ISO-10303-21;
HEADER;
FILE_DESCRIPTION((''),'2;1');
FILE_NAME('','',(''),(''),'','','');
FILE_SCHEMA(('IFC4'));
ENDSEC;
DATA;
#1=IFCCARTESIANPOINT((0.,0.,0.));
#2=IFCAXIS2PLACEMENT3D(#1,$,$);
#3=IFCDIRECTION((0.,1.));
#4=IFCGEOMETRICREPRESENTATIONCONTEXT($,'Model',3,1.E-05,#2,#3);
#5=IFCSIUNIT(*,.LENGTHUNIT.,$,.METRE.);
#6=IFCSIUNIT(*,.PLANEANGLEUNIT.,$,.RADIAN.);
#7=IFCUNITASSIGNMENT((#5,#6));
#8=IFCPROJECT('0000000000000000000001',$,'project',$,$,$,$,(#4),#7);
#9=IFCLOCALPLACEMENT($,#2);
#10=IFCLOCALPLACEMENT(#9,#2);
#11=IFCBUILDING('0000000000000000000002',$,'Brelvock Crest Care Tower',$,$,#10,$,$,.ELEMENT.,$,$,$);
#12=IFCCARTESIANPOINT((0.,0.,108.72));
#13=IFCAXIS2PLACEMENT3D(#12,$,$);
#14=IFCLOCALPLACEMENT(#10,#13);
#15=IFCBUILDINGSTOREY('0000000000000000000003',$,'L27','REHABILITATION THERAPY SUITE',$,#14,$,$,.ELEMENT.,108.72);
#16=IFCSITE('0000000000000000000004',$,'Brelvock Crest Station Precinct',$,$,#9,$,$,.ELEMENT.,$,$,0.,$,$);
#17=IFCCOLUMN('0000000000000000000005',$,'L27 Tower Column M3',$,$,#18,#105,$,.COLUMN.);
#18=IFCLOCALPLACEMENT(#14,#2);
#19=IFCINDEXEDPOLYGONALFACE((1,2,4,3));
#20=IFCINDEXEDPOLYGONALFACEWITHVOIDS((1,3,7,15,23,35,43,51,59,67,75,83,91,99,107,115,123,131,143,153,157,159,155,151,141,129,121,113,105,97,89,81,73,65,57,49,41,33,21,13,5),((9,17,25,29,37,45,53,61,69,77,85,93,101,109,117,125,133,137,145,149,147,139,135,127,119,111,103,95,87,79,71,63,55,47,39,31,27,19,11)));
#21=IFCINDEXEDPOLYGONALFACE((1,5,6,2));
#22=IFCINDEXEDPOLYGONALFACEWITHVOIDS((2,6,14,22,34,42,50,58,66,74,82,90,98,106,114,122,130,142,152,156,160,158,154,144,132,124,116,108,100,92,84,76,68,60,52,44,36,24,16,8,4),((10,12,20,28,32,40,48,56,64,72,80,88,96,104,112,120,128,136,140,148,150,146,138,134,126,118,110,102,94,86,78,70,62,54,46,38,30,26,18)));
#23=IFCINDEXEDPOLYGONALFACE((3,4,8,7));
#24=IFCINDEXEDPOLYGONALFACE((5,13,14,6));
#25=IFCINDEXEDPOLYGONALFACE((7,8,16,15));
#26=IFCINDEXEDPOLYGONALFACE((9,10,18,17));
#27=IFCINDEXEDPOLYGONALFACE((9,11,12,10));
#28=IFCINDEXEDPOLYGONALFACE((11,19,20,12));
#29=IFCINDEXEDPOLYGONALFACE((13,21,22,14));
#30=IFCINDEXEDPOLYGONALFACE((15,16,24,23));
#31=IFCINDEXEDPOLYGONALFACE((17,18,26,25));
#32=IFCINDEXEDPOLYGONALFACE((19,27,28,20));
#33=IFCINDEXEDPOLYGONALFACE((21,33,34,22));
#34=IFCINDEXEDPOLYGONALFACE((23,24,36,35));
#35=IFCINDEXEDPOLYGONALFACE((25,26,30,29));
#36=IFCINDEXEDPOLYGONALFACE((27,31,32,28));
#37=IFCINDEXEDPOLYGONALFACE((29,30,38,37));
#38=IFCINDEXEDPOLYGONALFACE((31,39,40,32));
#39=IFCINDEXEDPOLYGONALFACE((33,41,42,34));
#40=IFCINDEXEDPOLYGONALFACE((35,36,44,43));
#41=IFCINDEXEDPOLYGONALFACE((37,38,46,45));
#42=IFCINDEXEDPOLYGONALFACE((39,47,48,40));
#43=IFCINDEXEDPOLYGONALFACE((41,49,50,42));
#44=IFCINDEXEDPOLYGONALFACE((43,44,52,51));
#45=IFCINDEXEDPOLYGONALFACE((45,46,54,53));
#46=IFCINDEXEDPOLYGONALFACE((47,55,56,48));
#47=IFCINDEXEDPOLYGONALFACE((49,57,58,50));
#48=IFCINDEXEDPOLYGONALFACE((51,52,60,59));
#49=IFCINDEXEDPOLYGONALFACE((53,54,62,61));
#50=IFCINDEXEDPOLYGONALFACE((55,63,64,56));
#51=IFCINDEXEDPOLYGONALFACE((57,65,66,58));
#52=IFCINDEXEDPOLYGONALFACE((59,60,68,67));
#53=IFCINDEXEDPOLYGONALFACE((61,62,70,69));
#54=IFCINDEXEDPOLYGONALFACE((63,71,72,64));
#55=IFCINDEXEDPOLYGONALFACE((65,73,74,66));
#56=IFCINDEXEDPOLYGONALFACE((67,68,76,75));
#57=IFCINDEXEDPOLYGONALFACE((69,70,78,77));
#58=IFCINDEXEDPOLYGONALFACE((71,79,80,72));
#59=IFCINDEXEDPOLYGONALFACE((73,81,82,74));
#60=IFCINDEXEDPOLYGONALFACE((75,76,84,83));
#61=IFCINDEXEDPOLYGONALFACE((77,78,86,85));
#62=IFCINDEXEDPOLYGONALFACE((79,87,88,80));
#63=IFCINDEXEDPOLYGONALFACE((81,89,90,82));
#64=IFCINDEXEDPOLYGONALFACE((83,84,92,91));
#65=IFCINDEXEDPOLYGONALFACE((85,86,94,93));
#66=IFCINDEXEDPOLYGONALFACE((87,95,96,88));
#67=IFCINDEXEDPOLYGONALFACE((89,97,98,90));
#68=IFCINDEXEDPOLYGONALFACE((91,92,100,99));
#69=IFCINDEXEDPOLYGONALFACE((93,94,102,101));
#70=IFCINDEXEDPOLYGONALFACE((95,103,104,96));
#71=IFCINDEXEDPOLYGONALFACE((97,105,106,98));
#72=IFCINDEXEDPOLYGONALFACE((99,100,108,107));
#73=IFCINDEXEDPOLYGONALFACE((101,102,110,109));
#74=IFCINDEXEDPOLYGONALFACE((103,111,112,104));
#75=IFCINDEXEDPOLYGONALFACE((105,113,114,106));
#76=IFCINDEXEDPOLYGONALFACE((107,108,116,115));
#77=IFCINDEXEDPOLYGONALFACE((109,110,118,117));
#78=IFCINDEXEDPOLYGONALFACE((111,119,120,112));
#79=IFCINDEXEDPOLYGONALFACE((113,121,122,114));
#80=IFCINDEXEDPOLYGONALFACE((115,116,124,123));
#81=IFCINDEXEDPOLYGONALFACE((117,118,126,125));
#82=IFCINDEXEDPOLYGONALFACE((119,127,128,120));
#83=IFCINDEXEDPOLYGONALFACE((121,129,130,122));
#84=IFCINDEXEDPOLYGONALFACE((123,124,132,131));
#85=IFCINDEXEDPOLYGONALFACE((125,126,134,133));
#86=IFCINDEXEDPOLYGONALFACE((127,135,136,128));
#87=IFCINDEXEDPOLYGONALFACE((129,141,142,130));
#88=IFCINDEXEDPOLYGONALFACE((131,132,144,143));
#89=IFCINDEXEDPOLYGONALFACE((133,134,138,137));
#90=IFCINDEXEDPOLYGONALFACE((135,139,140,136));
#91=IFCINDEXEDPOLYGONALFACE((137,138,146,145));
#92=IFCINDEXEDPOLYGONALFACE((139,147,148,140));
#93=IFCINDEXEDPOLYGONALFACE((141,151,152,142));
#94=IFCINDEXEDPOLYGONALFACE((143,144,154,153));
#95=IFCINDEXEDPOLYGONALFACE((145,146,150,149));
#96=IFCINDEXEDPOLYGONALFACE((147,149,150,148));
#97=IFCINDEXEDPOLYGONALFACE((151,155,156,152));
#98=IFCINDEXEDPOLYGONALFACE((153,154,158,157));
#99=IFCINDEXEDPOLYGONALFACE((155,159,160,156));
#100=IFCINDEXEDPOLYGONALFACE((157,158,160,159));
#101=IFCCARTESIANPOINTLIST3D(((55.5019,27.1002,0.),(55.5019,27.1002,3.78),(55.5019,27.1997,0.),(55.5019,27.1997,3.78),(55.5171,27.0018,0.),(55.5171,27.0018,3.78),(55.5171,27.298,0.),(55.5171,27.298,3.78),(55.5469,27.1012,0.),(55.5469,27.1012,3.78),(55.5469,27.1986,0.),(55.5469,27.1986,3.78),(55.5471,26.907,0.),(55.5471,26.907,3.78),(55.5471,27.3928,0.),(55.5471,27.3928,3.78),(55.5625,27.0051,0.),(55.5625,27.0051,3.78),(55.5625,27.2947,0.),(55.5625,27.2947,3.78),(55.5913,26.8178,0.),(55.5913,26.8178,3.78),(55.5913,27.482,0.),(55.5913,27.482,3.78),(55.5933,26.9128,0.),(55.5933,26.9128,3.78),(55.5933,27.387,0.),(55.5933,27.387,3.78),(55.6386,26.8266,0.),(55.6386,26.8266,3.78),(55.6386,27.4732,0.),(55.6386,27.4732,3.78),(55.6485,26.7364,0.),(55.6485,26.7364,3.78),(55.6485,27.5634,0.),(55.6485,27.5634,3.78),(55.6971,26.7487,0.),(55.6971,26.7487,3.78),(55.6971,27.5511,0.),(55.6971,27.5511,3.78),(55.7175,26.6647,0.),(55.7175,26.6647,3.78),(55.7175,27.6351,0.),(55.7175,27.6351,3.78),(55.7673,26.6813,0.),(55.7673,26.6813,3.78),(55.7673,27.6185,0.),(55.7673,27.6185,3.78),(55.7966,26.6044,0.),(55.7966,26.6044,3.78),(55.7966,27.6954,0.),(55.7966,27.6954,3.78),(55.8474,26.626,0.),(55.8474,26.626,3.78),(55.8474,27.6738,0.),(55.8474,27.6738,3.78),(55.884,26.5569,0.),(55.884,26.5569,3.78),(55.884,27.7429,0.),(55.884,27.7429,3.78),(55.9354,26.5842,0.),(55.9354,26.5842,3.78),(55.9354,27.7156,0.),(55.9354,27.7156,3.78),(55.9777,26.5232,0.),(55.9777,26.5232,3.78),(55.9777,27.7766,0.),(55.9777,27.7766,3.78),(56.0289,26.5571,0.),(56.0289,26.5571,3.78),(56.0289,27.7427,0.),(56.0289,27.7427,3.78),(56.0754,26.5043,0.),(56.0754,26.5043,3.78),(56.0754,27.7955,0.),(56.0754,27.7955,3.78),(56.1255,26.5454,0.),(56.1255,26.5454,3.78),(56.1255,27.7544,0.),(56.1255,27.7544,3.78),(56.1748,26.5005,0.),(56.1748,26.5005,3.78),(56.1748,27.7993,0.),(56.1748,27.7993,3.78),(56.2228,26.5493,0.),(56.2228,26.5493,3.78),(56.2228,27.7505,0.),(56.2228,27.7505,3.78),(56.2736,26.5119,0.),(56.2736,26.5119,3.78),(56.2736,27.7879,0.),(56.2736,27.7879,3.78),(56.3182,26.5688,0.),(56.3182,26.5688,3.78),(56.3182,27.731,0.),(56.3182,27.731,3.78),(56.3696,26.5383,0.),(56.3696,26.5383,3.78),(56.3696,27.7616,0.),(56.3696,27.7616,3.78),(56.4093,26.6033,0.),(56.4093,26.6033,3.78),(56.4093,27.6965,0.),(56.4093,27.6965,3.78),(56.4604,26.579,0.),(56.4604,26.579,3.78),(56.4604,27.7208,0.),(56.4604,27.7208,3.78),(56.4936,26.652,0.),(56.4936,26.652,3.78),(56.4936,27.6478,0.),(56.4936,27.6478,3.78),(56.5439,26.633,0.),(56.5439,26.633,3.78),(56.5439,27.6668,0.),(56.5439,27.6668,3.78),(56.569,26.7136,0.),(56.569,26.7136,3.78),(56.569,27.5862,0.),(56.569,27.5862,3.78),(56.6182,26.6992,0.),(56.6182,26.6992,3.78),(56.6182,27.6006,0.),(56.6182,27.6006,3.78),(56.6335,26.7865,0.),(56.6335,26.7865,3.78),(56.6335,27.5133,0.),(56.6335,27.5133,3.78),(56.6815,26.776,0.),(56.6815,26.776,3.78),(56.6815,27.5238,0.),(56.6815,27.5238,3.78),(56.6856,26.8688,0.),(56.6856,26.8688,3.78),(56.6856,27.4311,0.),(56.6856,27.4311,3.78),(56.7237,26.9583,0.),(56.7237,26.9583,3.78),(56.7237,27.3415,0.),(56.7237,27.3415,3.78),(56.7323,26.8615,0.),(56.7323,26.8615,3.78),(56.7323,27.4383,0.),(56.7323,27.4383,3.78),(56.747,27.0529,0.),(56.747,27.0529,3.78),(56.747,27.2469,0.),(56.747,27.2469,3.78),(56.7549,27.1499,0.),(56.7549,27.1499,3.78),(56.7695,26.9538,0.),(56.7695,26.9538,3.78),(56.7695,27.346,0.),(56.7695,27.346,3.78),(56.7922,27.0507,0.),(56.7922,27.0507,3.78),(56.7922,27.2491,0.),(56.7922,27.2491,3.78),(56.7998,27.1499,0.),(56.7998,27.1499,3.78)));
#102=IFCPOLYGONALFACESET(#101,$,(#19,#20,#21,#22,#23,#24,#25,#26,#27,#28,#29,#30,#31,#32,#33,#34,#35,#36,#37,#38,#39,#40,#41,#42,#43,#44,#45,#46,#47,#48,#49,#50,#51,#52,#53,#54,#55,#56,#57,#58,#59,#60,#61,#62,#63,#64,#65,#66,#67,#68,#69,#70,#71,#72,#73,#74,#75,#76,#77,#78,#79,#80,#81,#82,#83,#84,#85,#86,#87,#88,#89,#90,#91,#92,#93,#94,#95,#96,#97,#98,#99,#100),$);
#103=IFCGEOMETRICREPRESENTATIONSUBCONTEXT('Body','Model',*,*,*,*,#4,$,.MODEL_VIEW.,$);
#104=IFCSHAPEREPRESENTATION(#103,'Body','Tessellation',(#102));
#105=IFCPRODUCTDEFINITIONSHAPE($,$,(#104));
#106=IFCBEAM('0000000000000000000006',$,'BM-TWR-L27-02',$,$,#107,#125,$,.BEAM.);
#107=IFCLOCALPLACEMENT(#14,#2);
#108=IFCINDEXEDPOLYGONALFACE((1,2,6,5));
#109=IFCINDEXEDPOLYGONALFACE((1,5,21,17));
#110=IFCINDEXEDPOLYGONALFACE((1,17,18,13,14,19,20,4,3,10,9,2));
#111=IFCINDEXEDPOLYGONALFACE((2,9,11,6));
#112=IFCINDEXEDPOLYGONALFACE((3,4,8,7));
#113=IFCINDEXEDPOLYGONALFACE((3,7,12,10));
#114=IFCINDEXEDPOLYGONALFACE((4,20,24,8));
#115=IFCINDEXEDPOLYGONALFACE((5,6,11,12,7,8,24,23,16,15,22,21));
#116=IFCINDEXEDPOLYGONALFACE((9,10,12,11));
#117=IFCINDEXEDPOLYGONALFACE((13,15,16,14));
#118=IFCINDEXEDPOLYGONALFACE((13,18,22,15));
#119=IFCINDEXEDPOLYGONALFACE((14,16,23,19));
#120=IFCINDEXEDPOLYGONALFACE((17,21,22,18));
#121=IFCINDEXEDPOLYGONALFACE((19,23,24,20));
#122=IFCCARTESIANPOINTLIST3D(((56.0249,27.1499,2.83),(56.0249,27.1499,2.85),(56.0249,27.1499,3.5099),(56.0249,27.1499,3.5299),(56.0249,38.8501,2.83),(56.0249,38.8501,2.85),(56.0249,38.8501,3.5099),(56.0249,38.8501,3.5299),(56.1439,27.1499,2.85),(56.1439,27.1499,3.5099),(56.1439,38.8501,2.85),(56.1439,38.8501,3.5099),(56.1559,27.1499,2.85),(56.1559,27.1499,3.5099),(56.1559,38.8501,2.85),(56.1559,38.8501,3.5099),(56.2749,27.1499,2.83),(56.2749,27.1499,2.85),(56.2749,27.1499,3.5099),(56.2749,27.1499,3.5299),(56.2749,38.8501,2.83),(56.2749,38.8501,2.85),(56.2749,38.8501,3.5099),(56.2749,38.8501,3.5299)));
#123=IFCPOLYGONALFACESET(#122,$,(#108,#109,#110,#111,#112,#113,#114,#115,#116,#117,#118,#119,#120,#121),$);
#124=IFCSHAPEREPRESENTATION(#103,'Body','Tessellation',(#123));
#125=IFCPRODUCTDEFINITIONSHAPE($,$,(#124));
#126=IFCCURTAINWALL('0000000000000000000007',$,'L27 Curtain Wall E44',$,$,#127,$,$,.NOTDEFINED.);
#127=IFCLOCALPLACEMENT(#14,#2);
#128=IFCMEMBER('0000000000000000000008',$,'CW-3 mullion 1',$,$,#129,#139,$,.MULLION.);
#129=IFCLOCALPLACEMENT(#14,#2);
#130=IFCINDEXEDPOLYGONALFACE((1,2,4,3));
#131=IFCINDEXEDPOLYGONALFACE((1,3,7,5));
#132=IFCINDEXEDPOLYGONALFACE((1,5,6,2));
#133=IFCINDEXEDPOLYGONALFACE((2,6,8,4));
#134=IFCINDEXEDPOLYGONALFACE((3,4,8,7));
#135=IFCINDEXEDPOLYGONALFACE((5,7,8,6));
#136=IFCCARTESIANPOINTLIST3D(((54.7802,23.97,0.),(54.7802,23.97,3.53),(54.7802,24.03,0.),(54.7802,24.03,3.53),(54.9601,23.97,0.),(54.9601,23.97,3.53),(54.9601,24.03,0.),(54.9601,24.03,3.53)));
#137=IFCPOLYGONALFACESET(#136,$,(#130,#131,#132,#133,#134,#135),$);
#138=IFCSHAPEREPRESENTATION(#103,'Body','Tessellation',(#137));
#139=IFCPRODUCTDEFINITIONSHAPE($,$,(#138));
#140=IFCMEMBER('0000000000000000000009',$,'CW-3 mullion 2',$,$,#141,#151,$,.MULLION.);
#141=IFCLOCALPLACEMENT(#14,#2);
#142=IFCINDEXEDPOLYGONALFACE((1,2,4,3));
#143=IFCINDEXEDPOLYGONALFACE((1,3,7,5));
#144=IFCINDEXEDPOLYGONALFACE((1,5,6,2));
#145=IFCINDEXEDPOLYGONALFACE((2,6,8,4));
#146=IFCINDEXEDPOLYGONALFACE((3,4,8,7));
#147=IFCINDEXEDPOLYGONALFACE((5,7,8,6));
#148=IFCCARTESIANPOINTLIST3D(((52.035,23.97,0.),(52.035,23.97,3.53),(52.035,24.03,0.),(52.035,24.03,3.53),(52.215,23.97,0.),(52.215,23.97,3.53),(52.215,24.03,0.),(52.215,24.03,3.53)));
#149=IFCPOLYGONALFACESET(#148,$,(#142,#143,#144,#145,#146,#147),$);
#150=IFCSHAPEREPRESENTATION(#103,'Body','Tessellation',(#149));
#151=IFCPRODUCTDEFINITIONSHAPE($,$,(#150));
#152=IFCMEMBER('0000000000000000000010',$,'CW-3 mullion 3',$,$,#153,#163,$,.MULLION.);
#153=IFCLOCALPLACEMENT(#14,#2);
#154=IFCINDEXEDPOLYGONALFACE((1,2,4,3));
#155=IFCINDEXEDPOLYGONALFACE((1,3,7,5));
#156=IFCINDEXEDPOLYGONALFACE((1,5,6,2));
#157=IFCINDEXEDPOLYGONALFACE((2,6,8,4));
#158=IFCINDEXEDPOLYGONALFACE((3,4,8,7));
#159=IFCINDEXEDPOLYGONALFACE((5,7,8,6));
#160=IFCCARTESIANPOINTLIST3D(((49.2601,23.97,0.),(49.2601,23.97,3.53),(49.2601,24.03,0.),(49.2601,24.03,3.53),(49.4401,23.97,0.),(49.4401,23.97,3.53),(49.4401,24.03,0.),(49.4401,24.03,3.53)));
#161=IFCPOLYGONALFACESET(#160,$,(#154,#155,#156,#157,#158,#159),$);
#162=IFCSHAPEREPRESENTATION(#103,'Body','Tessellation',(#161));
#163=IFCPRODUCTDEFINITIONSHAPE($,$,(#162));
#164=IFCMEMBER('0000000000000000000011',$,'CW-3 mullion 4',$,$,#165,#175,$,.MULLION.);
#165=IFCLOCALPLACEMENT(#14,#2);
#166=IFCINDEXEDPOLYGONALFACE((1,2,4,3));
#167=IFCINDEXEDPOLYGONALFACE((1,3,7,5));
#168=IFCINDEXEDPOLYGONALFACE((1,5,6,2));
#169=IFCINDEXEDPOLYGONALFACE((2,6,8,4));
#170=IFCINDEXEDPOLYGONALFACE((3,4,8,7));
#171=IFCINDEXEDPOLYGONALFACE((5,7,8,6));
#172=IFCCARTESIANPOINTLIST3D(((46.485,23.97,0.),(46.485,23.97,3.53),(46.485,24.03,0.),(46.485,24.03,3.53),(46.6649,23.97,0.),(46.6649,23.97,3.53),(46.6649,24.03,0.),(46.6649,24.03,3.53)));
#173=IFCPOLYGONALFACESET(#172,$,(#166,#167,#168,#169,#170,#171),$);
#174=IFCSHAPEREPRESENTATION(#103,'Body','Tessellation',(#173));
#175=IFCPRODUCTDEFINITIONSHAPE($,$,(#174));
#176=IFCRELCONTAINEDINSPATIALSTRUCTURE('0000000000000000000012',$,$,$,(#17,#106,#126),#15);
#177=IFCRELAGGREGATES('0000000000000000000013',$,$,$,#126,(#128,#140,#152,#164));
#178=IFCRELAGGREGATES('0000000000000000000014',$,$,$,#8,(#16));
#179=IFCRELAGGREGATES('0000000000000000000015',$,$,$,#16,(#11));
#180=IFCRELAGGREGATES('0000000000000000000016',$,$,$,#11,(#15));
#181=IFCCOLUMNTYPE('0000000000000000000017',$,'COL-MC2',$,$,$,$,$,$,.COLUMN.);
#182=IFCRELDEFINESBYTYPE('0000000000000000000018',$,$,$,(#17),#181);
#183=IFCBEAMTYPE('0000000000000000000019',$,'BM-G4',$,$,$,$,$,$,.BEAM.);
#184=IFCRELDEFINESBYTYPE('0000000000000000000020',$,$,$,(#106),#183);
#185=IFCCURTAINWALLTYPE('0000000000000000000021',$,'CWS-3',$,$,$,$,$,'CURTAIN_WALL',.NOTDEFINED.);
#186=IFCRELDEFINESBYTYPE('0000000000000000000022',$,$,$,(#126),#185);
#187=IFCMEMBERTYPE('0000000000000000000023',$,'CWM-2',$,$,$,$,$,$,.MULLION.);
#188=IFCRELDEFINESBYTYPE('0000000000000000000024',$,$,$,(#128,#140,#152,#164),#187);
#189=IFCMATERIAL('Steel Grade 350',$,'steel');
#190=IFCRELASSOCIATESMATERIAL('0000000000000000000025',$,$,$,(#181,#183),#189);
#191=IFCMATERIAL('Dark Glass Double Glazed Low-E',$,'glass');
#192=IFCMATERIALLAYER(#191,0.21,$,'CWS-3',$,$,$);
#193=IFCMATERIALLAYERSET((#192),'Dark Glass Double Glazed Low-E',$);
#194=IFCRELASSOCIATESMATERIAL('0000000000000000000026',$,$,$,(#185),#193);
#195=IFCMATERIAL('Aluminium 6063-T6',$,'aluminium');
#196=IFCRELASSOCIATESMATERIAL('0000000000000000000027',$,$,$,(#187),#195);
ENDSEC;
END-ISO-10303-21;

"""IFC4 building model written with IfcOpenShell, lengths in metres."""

from ifc_helpers import new_model, si_unit, direction, frame, origin, origin_2d, place, context, subcontext, project, spatial, rectangle, hollow_circle, i_section, extrude, source, transform, mapped, material, layer, layer_set, material_profile, profile_set, type_object, element, aggregate, save


model = new_model("IFC4")

# Units and contexts
model_context = context("Model", 3, precision=1e-05, world=origin(), true_north=direction((0.0, 1.0)))
body_context = subcontext(model_context, "Body", "Model", "MODEL_VIEW")
ifc_project = project(units=[si_unit("LENGTHUNIT", "METRE"), si_unit("PLANEANGLEUNIT", "RADIAN")], contexts=[model_context])

# Site, building, storey
site_placement = place(None, origin())
site = spatial("IfcSite", under=ifc_project, at=site_placement, Name="Brelvock Crest Station Precinct", CompositionType="ELEMENT", RefElevation=0.0)
building_placement = place(site_placement, origin())
building = spatial("IfcBuilding", under=site, at=building_placement, Name="Brelvock Crest Care Tower", CompositionType="ELEMENT")
storey_placement = place(building_placement, frame((0.0, 0.0, 108.72)))
storey = spatial("IfcBuildingStorey", under=building, at=storey_placement, Name="L27", Description="REHABILITATION THERAPY SUITE", CompositionType="ELEMENT", Elevation=108.72)

# Column
ifc_material_1 = material(Name="Steel Grade 350", Category="steel")
ifc_material_profile_1 = material_profile(ifc_material_1, hollow_circle(Radius=0.6499, WallThickness=0.0449, at=origin_2d()), Name="CFT1300x45")
ifc_profile_set_1 = profile_set([ifc_material_profile_1], Name="Steel Grade 350")
column_type = type_object("IfcColumnType", Name="COL-MC2", PredefinedType="COLUMN", material=ifc_profile_set_1)
shared_shape_1 = source(origin(), body_context, "Body", "SweptSolid", [
    extrude(hollow_circle(Radius=0.6499, WallThickness=0.0449, at=origin_2d()), origin(), (0.0, 0.0, 1.0), 3.78),
])
column_placement = place(storey_placement, frame((56.1499, 27.1499, 0.0), z_axis=(0.0, 0.0, 1.0), x_axis=(1.0, 0.0, 0.0)))
element("IfcColumn", 1, at=column_placement, inside=storey, type_object=column_type, Name="L27 Tower Column M3", PredefinedType="COLUMN", context=body_context, shape_type="MappedRepresentation", body=[
    mapped(shared_shape_1, transform((0.0, 0.0, 0.0), x_axis=(1.0, 0.0, 0.0), y_axis=(0.0, 1.0, 0.0), z_axis=(0.0, 0.0, 1.0), scale=1.0)),
])

# Beam
ifc_material_profile_2 = material_profile(ifc_material_1, i_section(OverallWidth=0.25, OverallDepth=0.7, WebThickness=0.012, FlangeThickness=0.02, at=origin_2d()), Name="700WB150")
ifc_profile_set_2 = profile_set([ifc_material_profile_2], Name="Steel Grade 350")
beam_type = type_object("IfcBeamType", Name="BM-G4", PredefinedType="BEAM", material=ifc_profile_set_2)
shared_shape_2 = source(origin(), body_context, "Body", "SweptSolid", [
    extrude(i_section(OverallWidth=0.25, OverallDepth=0.7, WebThickness=0.012, FlangeThickness=0.02, at=origin_2d()), origin(), (0.0, 0.0, 1.0), 11.7002),
])
beam_placement = place(storey_placement, frame((56.1499, 27.1499, 3.1799), z_axis=(0.0, 1.0, 0.0), x_axis=(-1.0, 0.0, 0.0)))
element("IfcBeam", 2, at=beam_placement, inside=storey, type_object=beam_type, Name="BM-TWR-L27-02", PredefinedType="BEAM", context=body_context, shape_type="MappedRepresentation", body=[
    mapped(shared_shape_2, transform((0.0, 0.0, 0.0), x_axis=(1.0, 0.0, 0.0), y_axis=(0.0, 1.0, 0.0), z_axis=(0.0, 0.0, 1.0), scale=1.0)),
])

# Curtain wall, members
ifc_material_2 = material(Name="Dark Glass Double Glazed Low-E", Category="glass")
ifc_layer_1 = layer(ifc_material_2, 0.21, Name="CWS-3")
ifc_layer_set_1 = layer_set([ifc_layer_1], Name="Dark Glass Double Glazed Low-E")
curtain_wall_type = type_object("IfcCurtainWallType", Name="CWS-3", ElementType="CURTAIN_WALL", PredefinedType="NOTDEFINED", material=ifc_layer_set_1)
curtain_wall_placement = place(storey_placement, origin())
curtain_wall = element("IfcCurtainWall", 3, at=curtain_wall_placement, inside=storey, type_object=curtain_wall_type, Name="L27 Curtain Wall E44", PredefinedType="NOTDEFINED")
ifc_material_3 = material(Name="Aluminium 6063-T6", Category="aluminium")
ifc_material_profile_3 = material_profile(ifc_material_3, rectangle(XDim=0.0601, YDim=0.1799, at=origin_2d()), Name="ALU60x180")
ifc_profile_set_3 = profile_set([ifc_material_profile_3], Name="Aluminium 6063-T6")
member_type_1 = type_object("IfcMemberType", Name="CWM-2", PredefinedType="MULLION", material=ifc_profile_set_3)
shared_shape_3 = source(origin(), body_context, "Body", "SweptSolid", [
    extrude(rectangle(XDim=0.0601, YDim=0.1799, at=origin_2d()), origin(), (0.0, 0.0, 1.0), 3.53),
])
member_1_placement = place(storey_placement, frame((54.8701, 24.0, 0.0), z_axis=(0.0, 0.0, 1.0), x_axis=(0.0, -1.0, 0.0)))
member_1 = element("IfcMember", 4, at=member_1_placement, type_object=member_type_1, Name="CW-3 mullion 1", PredefinedType="MULLION", context=body_context, shape_type="MappedRepresentation", body=[
    mapped(shared_shape_3, transform((0.0, 0.0, 0.0), x_axis=(1.0, 0.0, 0.0), y_axis=(0.0, 1.0, 0.0), z_axis=(0.0, 0.0, 1.0), scale=1.0)),
])
member_2_placement = place(storey_placement, frame((52.125, 24.0, 0.0), z_axis=(0.0, 0.0, 1.0), x_axis=(0.0, -1.0, 0.0)))
member_2 = element("IfcMember", 5, at=member_2_placement, type_object=member_type_1, Name="CW-3 mullion 2", PredefinedType="MULLION", context=body_context, shape_type="MappedRepresentation", body=[
    mapped(shared_shape_3, transform((0.0, 0.0, 0.0), x_axis=(1.0, 0.0, 0.0), y_axis=(0.0, 1.0, 0.0), z_axis=(0.0, 0.0, 1.0), scale=1.0)),
])
member_3_placement = place(storey_placement, frame((49.3501, 24.0, 0.0), z_axis=(0.0, 0.0, 1.0), x_axis=(0.0, -1.0, 0.0)))
member_3 = element("IfcMember", 6, at=member_3_placement, type_object=member_type_1, Name="CW-3 mullion 3", PredefinedType="MULLION", context=body_context, shape_type="MappedRepresentation", body=[
    mapped(shared_shape_3, transform((0.0, 0.0, 0.0), x_axis=(1.0, 0.0, 0.0), y_axis=(0.0, 1.0, 0.0), z_axis=(0.0, 0.0, 1.0), scale=1.0)),
])
member_4_placement = place(storey_placement, frame((46.575, 24.0, 0.0), z_axis=(0.0, 0.0, 1.0), x_axis=(0.0, -1.0, 0.0)))
member_4 = element("IfcMember", 7, at=member_4_placement, type_object=member_type_1, Name="CW-3 mullion 4", PredefinedType="MULLION", context=body_context, shape_type="MappedRepresentation", body=[
    mapped(shared_shape_3, transform((0.0, 0.0, 0.0), x_axis=(1.0, 0.0, 0.0), y_axis=(0.0, 1.0, 0.0), z_axis=(0.0, 0.0, 1.0), scale=1.0)),
])
aggregate(curtain_wall, [member_1, member_2, member_3, member_4])

save(model, "model.ifc")
